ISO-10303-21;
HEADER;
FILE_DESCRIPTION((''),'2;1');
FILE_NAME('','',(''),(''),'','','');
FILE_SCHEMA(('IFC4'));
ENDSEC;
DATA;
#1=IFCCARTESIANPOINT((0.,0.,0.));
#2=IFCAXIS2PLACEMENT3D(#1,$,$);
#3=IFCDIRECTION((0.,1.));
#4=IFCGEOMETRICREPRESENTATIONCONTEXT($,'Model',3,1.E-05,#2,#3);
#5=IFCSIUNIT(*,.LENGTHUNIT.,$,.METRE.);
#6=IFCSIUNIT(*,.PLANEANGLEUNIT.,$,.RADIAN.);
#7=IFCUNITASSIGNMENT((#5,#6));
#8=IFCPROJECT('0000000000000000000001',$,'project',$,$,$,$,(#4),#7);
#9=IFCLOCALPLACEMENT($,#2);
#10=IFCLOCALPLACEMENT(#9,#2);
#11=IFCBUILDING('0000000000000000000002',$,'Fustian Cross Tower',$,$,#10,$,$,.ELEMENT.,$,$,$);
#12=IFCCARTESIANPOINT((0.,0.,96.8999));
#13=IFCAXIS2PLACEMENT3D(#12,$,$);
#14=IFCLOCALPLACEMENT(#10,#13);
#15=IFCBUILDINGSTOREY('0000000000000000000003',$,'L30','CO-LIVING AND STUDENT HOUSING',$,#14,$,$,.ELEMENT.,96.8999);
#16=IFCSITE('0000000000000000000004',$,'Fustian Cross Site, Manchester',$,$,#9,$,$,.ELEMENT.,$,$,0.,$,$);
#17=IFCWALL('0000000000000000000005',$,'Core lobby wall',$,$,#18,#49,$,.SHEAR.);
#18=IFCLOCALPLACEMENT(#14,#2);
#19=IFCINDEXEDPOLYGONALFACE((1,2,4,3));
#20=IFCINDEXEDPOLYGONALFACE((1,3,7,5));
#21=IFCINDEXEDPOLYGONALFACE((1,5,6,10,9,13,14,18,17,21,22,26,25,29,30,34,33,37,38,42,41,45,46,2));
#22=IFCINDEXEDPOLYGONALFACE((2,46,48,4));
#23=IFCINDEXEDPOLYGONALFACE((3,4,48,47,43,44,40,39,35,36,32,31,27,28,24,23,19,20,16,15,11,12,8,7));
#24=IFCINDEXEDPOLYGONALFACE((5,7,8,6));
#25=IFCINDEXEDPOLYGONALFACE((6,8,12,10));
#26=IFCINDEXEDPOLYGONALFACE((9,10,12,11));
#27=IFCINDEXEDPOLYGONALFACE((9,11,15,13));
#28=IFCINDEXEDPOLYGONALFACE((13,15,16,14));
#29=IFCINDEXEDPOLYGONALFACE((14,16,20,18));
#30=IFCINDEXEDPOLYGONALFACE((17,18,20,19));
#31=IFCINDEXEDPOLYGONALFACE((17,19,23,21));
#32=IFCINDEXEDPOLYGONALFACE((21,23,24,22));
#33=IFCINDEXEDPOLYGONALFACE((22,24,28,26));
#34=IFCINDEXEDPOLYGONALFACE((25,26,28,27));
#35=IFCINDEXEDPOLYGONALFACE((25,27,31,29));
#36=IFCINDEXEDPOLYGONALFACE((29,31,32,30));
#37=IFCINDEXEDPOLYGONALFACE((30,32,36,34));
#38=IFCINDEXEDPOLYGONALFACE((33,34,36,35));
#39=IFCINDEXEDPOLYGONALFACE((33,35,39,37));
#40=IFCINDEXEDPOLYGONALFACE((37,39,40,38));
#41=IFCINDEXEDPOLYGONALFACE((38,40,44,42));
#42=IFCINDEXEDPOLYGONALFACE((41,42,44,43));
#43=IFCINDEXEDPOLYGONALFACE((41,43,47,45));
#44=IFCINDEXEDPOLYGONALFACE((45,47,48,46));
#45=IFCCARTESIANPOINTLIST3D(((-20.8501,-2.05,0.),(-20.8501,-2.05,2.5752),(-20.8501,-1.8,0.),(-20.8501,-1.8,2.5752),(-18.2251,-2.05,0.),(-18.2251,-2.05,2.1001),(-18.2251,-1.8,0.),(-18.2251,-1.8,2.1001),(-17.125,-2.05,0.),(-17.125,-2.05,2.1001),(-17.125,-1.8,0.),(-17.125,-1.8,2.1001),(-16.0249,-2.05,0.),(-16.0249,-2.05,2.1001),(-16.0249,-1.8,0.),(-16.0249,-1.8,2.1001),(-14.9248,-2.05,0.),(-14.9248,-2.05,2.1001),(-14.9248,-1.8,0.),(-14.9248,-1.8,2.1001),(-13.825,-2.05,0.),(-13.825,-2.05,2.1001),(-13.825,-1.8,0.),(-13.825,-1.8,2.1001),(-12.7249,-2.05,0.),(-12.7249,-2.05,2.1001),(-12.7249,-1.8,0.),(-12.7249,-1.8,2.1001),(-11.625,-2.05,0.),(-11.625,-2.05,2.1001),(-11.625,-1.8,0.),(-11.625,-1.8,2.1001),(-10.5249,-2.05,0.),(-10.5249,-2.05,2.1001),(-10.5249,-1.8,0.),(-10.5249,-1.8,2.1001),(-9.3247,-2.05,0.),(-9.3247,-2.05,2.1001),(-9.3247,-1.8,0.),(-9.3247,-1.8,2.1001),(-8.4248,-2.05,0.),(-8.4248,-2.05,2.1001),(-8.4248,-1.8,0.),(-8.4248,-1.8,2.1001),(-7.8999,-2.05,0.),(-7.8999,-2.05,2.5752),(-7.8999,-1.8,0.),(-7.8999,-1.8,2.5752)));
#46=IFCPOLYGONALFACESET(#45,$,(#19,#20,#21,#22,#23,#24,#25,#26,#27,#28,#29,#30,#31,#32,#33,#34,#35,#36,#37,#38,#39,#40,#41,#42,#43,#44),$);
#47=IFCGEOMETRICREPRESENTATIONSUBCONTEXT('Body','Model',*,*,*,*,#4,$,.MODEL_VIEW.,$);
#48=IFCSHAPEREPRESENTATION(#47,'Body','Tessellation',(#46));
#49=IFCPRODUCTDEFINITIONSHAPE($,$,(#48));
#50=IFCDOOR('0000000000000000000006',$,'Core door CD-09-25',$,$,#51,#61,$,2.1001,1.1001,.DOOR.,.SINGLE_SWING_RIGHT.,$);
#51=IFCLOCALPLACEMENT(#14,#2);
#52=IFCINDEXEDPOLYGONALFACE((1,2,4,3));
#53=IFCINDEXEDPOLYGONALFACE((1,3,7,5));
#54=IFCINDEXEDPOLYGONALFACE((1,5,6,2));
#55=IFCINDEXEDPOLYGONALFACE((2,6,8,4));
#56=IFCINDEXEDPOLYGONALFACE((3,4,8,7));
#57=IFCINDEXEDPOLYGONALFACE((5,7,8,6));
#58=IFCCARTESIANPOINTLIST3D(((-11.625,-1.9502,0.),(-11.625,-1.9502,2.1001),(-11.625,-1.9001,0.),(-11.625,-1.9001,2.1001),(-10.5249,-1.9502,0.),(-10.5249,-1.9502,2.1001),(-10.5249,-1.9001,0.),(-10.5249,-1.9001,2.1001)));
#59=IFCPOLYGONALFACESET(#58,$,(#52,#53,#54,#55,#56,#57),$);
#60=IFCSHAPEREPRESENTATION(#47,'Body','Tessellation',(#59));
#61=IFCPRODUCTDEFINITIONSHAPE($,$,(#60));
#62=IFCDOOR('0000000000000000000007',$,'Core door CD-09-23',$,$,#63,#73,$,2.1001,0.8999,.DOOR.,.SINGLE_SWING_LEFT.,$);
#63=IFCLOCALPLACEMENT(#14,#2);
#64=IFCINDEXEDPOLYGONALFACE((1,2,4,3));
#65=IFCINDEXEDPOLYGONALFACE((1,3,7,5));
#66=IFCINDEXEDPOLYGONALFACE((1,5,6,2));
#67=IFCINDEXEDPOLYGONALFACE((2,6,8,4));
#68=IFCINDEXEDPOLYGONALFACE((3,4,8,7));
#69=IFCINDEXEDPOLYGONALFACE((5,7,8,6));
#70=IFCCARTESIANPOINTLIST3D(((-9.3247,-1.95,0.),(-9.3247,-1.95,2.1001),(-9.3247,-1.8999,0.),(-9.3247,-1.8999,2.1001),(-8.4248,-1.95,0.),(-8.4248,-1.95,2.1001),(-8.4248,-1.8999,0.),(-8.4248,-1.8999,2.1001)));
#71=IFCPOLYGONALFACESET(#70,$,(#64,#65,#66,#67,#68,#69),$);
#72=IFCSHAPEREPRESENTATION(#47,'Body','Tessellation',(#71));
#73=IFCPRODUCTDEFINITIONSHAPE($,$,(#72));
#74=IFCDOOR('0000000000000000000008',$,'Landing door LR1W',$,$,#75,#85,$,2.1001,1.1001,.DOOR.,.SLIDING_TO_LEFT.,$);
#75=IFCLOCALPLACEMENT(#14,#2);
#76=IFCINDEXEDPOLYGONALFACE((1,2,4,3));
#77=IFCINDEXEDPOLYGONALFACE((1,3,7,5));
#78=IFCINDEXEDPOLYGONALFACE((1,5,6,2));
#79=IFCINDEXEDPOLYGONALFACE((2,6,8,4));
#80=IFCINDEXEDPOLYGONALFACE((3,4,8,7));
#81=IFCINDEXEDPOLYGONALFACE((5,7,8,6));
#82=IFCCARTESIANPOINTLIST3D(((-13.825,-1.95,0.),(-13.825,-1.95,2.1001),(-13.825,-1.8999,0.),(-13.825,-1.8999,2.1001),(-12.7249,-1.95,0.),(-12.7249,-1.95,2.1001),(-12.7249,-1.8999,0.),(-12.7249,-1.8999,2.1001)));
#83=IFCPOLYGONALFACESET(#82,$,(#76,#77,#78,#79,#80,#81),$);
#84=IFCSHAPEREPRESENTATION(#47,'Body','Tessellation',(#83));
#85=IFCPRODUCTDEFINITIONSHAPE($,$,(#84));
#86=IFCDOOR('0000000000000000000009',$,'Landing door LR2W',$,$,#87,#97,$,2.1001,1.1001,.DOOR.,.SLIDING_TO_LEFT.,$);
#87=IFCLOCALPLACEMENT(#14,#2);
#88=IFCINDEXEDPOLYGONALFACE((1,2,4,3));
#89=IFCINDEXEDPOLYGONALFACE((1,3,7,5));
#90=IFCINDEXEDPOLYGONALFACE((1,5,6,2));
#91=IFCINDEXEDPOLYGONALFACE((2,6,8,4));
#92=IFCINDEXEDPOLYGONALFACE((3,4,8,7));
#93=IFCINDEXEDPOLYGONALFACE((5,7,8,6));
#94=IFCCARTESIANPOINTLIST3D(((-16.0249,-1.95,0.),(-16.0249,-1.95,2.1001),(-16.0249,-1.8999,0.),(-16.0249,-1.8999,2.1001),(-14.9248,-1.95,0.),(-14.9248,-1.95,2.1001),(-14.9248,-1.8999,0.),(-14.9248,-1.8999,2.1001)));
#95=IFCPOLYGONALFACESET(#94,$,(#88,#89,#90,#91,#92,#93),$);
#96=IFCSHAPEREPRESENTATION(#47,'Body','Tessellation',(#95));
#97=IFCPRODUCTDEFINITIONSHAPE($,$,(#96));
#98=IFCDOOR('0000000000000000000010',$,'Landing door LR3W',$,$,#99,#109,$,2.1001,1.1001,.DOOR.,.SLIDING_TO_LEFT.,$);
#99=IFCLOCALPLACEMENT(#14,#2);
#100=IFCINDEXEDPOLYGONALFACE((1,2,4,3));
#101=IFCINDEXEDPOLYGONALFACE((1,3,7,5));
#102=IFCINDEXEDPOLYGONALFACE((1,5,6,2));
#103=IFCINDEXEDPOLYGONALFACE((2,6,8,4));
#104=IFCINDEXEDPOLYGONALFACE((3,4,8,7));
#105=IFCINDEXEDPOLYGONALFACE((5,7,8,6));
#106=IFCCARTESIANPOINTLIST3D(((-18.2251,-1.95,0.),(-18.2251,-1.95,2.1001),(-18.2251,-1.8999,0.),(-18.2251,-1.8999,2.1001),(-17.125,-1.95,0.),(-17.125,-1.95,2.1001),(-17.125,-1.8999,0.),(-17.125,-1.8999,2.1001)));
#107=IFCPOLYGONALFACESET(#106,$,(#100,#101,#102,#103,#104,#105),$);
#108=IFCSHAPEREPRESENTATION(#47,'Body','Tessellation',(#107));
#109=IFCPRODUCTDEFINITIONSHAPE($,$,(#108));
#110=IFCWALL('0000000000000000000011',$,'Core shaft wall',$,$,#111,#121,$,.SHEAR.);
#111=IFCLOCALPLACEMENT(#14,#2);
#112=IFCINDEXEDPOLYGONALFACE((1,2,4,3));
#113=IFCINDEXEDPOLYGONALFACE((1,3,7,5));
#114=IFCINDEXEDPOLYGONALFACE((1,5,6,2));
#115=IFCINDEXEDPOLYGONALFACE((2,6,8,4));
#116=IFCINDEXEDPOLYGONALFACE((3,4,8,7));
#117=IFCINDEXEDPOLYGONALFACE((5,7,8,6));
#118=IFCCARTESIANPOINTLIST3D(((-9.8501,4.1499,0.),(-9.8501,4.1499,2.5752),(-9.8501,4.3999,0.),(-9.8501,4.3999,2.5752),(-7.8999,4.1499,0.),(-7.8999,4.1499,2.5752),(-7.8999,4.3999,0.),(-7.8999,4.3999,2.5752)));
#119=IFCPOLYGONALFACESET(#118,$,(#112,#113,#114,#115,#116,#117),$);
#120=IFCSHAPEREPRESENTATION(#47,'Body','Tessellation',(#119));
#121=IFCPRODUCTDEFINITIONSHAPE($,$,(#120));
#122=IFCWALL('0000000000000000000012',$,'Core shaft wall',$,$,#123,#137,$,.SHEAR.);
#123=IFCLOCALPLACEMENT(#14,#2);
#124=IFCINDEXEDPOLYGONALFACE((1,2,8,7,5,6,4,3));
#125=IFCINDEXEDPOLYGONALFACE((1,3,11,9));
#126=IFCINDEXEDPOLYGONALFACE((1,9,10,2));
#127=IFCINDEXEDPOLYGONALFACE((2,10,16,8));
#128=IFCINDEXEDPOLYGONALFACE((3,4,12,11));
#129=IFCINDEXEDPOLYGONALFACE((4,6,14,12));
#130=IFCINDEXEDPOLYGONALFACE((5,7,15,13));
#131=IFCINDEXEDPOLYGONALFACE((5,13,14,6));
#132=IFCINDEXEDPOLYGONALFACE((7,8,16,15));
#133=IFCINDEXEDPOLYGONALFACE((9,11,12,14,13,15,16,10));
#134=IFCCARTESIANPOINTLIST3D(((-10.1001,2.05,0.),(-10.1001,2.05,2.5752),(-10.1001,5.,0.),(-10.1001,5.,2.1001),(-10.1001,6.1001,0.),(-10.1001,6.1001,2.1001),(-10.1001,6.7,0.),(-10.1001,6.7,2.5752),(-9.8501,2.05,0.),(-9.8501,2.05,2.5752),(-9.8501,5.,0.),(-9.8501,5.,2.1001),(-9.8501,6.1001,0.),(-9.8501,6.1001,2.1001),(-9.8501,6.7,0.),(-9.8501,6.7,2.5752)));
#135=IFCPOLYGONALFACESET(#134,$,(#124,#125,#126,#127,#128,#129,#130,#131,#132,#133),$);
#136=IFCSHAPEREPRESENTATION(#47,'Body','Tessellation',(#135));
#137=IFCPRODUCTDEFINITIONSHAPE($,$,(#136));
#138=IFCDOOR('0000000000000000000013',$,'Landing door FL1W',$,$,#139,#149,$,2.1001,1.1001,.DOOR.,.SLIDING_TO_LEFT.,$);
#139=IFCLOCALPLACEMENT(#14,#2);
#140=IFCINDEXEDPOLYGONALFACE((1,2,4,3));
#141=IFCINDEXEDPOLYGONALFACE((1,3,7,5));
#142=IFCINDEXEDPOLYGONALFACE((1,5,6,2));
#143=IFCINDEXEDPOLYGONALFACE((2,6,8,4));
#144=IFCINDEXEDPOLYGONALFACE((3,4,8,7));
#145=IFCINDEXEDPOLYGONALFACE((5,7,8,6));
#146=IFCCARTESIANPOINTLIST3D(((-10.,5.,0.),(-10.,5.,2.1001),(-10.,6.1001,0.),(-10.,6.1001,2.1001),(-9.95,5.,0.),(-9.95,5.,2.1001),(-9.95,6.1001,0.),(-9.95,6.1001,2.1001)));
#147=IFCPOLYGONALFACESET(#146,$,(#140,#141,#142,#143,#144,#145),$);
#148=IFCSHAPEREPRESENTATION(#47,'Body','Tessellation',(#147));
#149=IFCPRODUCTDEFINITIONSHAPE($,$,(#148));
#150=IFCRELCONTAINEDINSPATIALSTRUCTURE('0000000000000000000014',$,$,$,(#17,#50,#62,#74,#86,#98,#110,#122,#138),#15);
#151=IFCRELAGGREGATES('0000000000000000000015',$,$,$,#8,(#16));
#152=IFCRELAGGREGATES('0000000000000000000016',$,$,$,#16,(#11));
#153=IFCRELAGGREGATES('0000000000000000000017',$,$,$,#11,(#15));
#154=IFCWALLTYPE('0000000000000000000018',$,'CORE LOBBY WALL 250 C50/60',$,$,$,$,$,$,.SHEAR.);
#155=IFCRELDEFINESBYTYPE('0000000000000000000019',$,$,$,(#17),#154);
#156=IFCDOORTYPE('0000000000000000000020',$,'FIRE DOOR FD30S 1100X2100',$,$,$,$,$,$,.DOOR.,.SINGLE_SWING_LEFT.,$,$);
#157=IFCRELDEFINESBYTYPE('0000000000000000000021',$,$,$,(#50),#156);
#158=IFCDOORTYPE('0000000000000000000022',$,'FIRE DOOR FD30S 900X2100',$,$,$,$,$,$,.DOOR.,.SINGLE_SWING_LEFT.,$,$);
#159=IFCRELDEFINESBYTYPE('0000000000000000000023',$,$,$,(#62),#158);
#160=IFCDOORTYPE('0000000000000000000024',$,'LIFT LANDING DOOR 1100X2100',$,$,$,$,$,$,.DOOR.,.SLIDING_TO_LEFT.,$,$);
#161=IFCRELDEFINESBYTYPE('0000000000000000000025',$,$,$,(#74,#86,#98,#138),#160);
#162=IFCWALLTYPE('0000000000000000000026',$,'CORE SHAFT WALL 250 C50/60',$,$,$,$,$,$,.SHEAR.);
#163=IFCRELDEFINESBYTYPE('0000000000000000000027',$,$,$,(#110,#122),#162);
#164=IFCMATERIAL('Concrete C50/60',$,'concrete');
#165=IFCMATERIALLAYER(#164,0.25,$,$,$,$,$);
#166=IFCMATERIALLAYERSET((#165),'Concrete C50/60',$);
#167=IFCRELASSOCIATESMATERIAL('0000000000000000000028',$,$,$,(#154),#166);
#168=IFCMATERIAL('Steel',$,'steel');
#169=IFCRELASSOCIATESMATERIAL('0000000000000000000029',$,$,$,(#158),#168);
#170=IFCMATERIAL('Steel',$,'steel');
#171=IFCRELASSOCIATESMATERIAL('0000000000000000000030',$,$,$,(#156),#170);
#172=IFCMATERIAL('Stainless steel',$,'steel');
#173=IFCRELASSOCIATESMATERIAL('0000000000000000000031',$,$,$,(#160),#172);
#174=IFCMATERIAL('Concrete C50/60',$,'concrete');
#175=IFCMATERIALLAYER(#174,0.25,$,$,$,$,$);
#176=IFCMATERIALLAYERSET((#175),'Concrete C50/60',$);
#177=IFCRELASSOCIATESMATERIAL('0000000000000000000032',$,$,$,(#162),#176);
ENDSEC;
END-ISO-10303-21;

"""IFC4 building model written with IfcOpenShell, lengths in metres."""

from ifc_helpers import new_model, si_unit, direction, frame, frame_2d, origin, place, context, subcontext, project, spatial, rectangle, extrude, material, layer, layer_set, type_object, element, fill, save


model = new_model("IFC4")

# Units and contexts
model_context = context("Model", 3, precision=1e-05, world=origin(), true_north=direction((0.0, 1.0)))
body_context = subcontext(model_context, "Body", "Model", "MODEL_VIEW")
ifc_project = project(units=[si_unit("LENGTHUNIT", "METRE"), si_unit("PLANEANGLEUNIT", "RADIAN")], contexts=[model_context])

# Site, building, storey
site_placement = place(None, origin())
site = spatial("IfcSite", under=ifc_project, at=site_placement, Name="Fustian Cross Site, Manchester", CompositionType="ELEMENT", RefElevation=0.0)
building_placement = place(site_placement, origin())
building = spatial("IfcBuilding", under=site, at=building_placement, Name="Fustian Cross Tower", CompositionType="ELEMENT")
storey_placement = place(building_placement, frame((0.0, 0.0, 96.8999)))
storey = spatial("IfcBuildingStorey", under=building, at=storey_placement, Name="L30", Description="CO-LIVING AND STUDENT HOUSING", CompositionType="ELEMENT", Elevation=96.8999)

# Wall, openings, doors
ifc_material_1 = material(Name="Concrete C50/60", Category="concrete")
ifc_layer_1 = layer(ifc_material_1, 0.25)
ifc_layer_set_1 = layer_set([ifc_layer_1], Name="Concrete C50/60")
wall_type_1 = type_object("IfcWallType", Name="CORE LOBBY WALL 250 C50/60", PredefinedType="SHEAR", material=ifc_layer_set_1)
ifc_material_2 = material(Name="Steel", Category="steel")
door_type_1 = type_object("IfcDoorType", Name="FIRE DOOR FD30S 900X2100", OperationType="SINGLE_SWING_LEFT", PredefinedType="DOOR", material=ifc_material_2)
wall_1_placement = place(storey_placement, frame((-7.8999, -1.925, 0.0), z_axis=(0.0, 0.0, 1.0), x_axis=(-1.0, 0.0, 0.0)))
wall_1 = element("IfcWall", 1, at=wall_1_placement, inside=storey, type_object=wall_type_1, Name="Core lobby wall", PredefinedType="SHEAR", context=body_context, shape_type="SweptSolid", body=[
    extrude(rectangle(XDim=12.9502, YDim=0.25, at=frame_2d((6.4751, 0.0))), origin(), (0.0, 0.0, 1.0), 2.5752),
])
opening_1_placement = place(wall_1_placement, frame((4.825, 0.0, 0.0)))
opening_1 = element("IfcOpeningElement", 2, at=opening_1_placement, cuts=wall_1, PredefinedType="OPENING", context=body_context, shape_type="SweptSolid", body=[
    extrude(rectangle(XDim=1.1001, YDim=2.1001, at=frame_2d((0.55, 1.05))), frame((0.0, 0.135, 0.0), z_axis=(0.0, -1.0, 0.0), x_axis=(1.0, 0.0, 0.0)), (0.0, 0.0, 1.0), 0.27),
])
opening_2_placement = place(wall_1_placement, frame((7.0249, 0.0, 0.0)))
opening_2 = element("IfcOpeningElement", 3, at=opening_2_placement, cuts=wall_1, PredefinedType="OPENING", context=body_context, shape_type="SweptSolid", body=[
    extrude(rectangle(XDim=1.1001, YDim=2.1001, at=frame_2d((0.55, 1.05))), frame((0.0, 0.135, 0.0), z_axis=(0.0, -1.0, 0.0), x_axis=(1.0, 0.0, 0.0)), (0.0, 0.0, 1.0), 0.27),
])
opening_3_placement = place(wall_1_placement, frame((9.2251, 0.0, 0.0)))
opening_3 = element("IfcOpeningElement", 4, at=opening_3_placement, cuts=wall_1, PredefinedType="OPENING", context=body_context, shape_type="SweptSolid", body=[
    extrude(rectangle(XDim=1.1001, YDim=2.1001, at=frame_2d((0.55, 1.05))), frame((0.0, 0.135, 0.0), z_axis=(0.0, -1.0, 0.0), x_axis=(1.0, 0.0, 0.0)), (0.0, 0.0, 1.0), 0.27),
])
opening_4_placement = place(wall_1_placement, frame((0.5249, 0.0, 0.0)))
opening_4 = element("IfcOpeningElement", 5, at=opening_4_placement, cuts=wall_1, PredefinedType="OPENING", context=body_context, shape_type="SweptSolid", body=[
    extrude(rectangle(XDim=0.8999, YDim=2.1001, at=frame_2d((0.45, 1.05))), frame((0.0, 0.135, 0.0), z_axis=(0.0, -1.0, 0.0), x_axis=(1.0, 0.0, 0.0)), (0.0, 0.0, 1.0), 0.27),
])
opening_5_placement = place(wall_1_placement, frame((2.625, 0.0, 0.0)))
opening_5 = element("IfcOpeningElement", 6, at=opening_5_placement, cuts=wall_1, PredefinedType="OPENING", context=body_context, shape_type="SweptSolid", body=[
    extrude(rectangle(XDim=1.1001, YDim=2.1001, at=frame_2d((0.55, 1.05))), frame((0.0, 0.135, 0.0), z_axis=(0.0, -1.0, 0.0), x_axis=(1.0, 0.0, 0.0)), (0.0, 0.0, 1.0), 0.27),
])
ifc_material_3 = material(Name="Steel", Category="steel")
door_type_2 = type_object("IfcDoorType", Name="FIRE DOOR FD30S 1100X2100", OperationType="SINGLE_SWING_LEFT", PredefinedType="DOOR", material=ifc_material_3)
door_1_placement = place(opening_5_placement, frame((1.1001, 0.0, 0.0), z_axis=(0.0, 0.0, 1.0), x_axis=(-1.0, 0.0, 0.0)))
door_1 = element("IfcDoor", 7, at=door_1_placement, inside=storey, type_object=door_type_2, Name="Core door CD-09-25", OperationType="SINGLE_SWING_RIGHT", OverallHeight=2.1001, OverallWidth=1.1001, PredefinedType="DOOR", context=body_context, shape_type="SweptSolid", body=[
    extrude(rectangle(XDim=1.1001, YDim=2.1001, at=frame_2d((0.55, 1.05))), frame((0.0, 0.0249, 0.0), z_axis=(0.0, -1.0, 0.0), x_axis=(1.0, 0.0, 0.0)), (0.0, 0.0, 1.0), 0.05),
])
fill(opening_5, door_1)
door_2_placement = place(opening_4_placement, origin())
door_2 = element("IfcDoor", 8, at=door_2_placement, inside=storey, type_object=door_type_1, Name="Core door CD-09-23", OperationType="SINGLE_SWING_LEFT", OverallHeight=2.1001, OverallWidth=0.8999, PredefinedType="DOOR", context=body_context, shape_type="SweptSolid", body=[
    extrude(rectangle(XDim=0.8999, YDim=2.1001, at=frame_2d((0.45, 1.05))), frame((0.0, 0.0249, 0.0), z_axis=(0.0, -1.0, 0.0), x_axis=(1.0, 0.0, 0.0)), (0.0, 0.0, 1.0), 0.05),
])
fill(opening_4, door_2)
ifc_material_4 = material(Name="Stainless steel", Category="steel")
door_type_3 = type_object("IfcDoorType", Name="LIFT LANDING DOOR 1100X2100", OperationType="SLIDING_TO_LEFT", PredefinedType="DOOR", material=ifc_material_4)
door_3_placement = place(opening_1_placement, origin())
door_3 = element("IfcDoor", 9, at=door_3_placement, inside=storey, type_object=door_type_3, Name="Landing door LR1W", OperationType="SLIDING_TO_LEFT", OverallHeight=2.1001, OverallWidth=1.1001, PredefinedType="DOOR", context=body_context, shape_type="SweptSolid", body=[
    extrude(rectangle(XDim=1.1001, YDim=2.1001, at=frame_2d((0.55, 1.05))), frame((0.0, 0.0249, 0.0), z_axis=(0.0, -1.0, 0.0), x_axis=(1.0, 0.0, 0.0)), (0.0, 0.0, 1.0), 0.05),
])
fill(opening_1, door_3)
door_4_placement = place(opening_2_placement, origin())
door_4 = element("IfcDoor", 10, at=door_4_placement, inside=storey, type_object=door_type_3, Name="Landing door LR2W", OperationType="SLIDING_TO_LEFT", OverallHeight=2.1001, OverallWidth=1.1001, PredefinedType="DOOR", context=body_context, shape_type="SweptSolid", body=[
    extrude(rectangle(XDim=1.1001, YDim=2.1001, at=frame_2d((0.55, 1.05))), frame((0.0, 0.0249, 0.0), z_axis=(0.0, -1.0, 0.0), x_axis=(1.0, 0.0, 0.0)), (0.0, 0.0, 1.0), 0.05),
])
fill(opening_2, door_4)
door_5_placement = place(opening_3_placement, origin())
door_5 = element("IfcDoor", 11, at=door_5_placement, inside=storey, type_object=door_type_3, Name="Landing door LR3W", OperationType="SLIDING_TO_LEFT", OverallHeight=2.1001, OverallWidth=1.1001, PredefinedType="DOOR", context=body_context, shape_type="SweptSolid", body=[
    extrude(rectangle(XDim=1.1001, YDim=2.1001, at=frame_2d((0.55, 1.05))), frame((0.0, 0.0249, 0.0), z_axis=(0.0, -1.0, 0.0), x_axis=(1.0, 0.0, 0.0)), (0.0, 0.0, 1.0), 0.05),
])
fill(opening_3, door_5)

# Wall
ifc_material_5 = material(Name="Concrete C50/60", Category="concrete")
ifc_layer_2 = layer(ifc_material_5, 0.25)
ifc_layer_set_2 = layer_set([ifc_layer_2], Name="Concrete C50/60")
wall_type_2 = type_object("IfcWallType", Name="CORE SHAFT WALL 250 C50/60", PredefinedType="SHEAR", material=ifc_layer_set_2)
wall_2_placement = place(storey_placement, frame((-7.8999, 4.2749, 0.0), z_axis=(0.0, 0.0, 1.0), x_axis=(-1.0, 0.0, 0.0)))
element("IfcWall", 12, at=wall_2_placement, inside=storey, type_object=wall_type_2, Name="Core shaft wall", PredefinedType="SHEAR", context=body_context, shape_type="SweptSolid", body=[
    extrude(rectangle(XDim=1.9502, YDim=0.25, at=frame_2d((0.9751, 0.0))), origin(), (0.0, 0.0, 1.0), 2.5752),
])

# Wall, opening, door
wall_3_placement = place(storey_placement, frame((-9.9751, 2.05, 0.0), z_axis=(0.0, 0.0, 1.0), x_axis=(0.0, 1.0, 0.0)))
wall_3 = element("IfcWall", 13, at=wall_3_placement, inside=storey, type_object=wall_type_2, Name="Core shaft wall", PredefinedType="SHEAR", context=body_context, shape_type="SweptSolid", body=[
    extrude(rectangle(XDim=4.6499, YDim=0.25, at=frame_2d((2.325, 0.0))), origin(), (0.0, 0.0, 1.0), 2.5752),
])
opening_6_placement = place(wall_3_placement, frame((2.95, 0.0, 0.0)))
opening_6 = element("IfcOpeningElement", 14, at=opening_6_placement, cuts=wall_3, PredefinedType="OPENING", context=body_context, shape_type="SweptSolid", body=[
    extrude(rectangle(XDim=1.1001, YDim=2.1001, at=frame_2d((0.55, 1.05))), frame((0.0, 0.135, 0.0), z_axis=(0.0, -1.0, 0.0), x_axis=(1.0, 0.0, 0.0)), (0.0, 0.0, 1.0), 0.27),
])
door_6_placement = place(opening_6_placement, origin())
door_6 = element("IfcDoor", 15, at=door_6_placement, inside=storey, type_object=door_type_3, Name="Landing door FL1W", OperationType="SLIDING_TO_LEFT", OverallHeight=2.1001, OverallWidth=1.1001, PredefinedType="DOOR", context=body_context, shape_type="SweptSolid", body=[
    extrude(rectangle(XDim=1.1001, YDim=2.1001, at=frame_2d((0.55, 1.05))), frame((0.0, 0.0249, 0.0), z_axis=(0.0, -1.0, 0.0), x_axis=(1.0, 0.0, 0.0)), (0.0, 0.0, 1.0), 0.05),
])
fill(opening_6, door_6)

save(model, "model.ifc")
